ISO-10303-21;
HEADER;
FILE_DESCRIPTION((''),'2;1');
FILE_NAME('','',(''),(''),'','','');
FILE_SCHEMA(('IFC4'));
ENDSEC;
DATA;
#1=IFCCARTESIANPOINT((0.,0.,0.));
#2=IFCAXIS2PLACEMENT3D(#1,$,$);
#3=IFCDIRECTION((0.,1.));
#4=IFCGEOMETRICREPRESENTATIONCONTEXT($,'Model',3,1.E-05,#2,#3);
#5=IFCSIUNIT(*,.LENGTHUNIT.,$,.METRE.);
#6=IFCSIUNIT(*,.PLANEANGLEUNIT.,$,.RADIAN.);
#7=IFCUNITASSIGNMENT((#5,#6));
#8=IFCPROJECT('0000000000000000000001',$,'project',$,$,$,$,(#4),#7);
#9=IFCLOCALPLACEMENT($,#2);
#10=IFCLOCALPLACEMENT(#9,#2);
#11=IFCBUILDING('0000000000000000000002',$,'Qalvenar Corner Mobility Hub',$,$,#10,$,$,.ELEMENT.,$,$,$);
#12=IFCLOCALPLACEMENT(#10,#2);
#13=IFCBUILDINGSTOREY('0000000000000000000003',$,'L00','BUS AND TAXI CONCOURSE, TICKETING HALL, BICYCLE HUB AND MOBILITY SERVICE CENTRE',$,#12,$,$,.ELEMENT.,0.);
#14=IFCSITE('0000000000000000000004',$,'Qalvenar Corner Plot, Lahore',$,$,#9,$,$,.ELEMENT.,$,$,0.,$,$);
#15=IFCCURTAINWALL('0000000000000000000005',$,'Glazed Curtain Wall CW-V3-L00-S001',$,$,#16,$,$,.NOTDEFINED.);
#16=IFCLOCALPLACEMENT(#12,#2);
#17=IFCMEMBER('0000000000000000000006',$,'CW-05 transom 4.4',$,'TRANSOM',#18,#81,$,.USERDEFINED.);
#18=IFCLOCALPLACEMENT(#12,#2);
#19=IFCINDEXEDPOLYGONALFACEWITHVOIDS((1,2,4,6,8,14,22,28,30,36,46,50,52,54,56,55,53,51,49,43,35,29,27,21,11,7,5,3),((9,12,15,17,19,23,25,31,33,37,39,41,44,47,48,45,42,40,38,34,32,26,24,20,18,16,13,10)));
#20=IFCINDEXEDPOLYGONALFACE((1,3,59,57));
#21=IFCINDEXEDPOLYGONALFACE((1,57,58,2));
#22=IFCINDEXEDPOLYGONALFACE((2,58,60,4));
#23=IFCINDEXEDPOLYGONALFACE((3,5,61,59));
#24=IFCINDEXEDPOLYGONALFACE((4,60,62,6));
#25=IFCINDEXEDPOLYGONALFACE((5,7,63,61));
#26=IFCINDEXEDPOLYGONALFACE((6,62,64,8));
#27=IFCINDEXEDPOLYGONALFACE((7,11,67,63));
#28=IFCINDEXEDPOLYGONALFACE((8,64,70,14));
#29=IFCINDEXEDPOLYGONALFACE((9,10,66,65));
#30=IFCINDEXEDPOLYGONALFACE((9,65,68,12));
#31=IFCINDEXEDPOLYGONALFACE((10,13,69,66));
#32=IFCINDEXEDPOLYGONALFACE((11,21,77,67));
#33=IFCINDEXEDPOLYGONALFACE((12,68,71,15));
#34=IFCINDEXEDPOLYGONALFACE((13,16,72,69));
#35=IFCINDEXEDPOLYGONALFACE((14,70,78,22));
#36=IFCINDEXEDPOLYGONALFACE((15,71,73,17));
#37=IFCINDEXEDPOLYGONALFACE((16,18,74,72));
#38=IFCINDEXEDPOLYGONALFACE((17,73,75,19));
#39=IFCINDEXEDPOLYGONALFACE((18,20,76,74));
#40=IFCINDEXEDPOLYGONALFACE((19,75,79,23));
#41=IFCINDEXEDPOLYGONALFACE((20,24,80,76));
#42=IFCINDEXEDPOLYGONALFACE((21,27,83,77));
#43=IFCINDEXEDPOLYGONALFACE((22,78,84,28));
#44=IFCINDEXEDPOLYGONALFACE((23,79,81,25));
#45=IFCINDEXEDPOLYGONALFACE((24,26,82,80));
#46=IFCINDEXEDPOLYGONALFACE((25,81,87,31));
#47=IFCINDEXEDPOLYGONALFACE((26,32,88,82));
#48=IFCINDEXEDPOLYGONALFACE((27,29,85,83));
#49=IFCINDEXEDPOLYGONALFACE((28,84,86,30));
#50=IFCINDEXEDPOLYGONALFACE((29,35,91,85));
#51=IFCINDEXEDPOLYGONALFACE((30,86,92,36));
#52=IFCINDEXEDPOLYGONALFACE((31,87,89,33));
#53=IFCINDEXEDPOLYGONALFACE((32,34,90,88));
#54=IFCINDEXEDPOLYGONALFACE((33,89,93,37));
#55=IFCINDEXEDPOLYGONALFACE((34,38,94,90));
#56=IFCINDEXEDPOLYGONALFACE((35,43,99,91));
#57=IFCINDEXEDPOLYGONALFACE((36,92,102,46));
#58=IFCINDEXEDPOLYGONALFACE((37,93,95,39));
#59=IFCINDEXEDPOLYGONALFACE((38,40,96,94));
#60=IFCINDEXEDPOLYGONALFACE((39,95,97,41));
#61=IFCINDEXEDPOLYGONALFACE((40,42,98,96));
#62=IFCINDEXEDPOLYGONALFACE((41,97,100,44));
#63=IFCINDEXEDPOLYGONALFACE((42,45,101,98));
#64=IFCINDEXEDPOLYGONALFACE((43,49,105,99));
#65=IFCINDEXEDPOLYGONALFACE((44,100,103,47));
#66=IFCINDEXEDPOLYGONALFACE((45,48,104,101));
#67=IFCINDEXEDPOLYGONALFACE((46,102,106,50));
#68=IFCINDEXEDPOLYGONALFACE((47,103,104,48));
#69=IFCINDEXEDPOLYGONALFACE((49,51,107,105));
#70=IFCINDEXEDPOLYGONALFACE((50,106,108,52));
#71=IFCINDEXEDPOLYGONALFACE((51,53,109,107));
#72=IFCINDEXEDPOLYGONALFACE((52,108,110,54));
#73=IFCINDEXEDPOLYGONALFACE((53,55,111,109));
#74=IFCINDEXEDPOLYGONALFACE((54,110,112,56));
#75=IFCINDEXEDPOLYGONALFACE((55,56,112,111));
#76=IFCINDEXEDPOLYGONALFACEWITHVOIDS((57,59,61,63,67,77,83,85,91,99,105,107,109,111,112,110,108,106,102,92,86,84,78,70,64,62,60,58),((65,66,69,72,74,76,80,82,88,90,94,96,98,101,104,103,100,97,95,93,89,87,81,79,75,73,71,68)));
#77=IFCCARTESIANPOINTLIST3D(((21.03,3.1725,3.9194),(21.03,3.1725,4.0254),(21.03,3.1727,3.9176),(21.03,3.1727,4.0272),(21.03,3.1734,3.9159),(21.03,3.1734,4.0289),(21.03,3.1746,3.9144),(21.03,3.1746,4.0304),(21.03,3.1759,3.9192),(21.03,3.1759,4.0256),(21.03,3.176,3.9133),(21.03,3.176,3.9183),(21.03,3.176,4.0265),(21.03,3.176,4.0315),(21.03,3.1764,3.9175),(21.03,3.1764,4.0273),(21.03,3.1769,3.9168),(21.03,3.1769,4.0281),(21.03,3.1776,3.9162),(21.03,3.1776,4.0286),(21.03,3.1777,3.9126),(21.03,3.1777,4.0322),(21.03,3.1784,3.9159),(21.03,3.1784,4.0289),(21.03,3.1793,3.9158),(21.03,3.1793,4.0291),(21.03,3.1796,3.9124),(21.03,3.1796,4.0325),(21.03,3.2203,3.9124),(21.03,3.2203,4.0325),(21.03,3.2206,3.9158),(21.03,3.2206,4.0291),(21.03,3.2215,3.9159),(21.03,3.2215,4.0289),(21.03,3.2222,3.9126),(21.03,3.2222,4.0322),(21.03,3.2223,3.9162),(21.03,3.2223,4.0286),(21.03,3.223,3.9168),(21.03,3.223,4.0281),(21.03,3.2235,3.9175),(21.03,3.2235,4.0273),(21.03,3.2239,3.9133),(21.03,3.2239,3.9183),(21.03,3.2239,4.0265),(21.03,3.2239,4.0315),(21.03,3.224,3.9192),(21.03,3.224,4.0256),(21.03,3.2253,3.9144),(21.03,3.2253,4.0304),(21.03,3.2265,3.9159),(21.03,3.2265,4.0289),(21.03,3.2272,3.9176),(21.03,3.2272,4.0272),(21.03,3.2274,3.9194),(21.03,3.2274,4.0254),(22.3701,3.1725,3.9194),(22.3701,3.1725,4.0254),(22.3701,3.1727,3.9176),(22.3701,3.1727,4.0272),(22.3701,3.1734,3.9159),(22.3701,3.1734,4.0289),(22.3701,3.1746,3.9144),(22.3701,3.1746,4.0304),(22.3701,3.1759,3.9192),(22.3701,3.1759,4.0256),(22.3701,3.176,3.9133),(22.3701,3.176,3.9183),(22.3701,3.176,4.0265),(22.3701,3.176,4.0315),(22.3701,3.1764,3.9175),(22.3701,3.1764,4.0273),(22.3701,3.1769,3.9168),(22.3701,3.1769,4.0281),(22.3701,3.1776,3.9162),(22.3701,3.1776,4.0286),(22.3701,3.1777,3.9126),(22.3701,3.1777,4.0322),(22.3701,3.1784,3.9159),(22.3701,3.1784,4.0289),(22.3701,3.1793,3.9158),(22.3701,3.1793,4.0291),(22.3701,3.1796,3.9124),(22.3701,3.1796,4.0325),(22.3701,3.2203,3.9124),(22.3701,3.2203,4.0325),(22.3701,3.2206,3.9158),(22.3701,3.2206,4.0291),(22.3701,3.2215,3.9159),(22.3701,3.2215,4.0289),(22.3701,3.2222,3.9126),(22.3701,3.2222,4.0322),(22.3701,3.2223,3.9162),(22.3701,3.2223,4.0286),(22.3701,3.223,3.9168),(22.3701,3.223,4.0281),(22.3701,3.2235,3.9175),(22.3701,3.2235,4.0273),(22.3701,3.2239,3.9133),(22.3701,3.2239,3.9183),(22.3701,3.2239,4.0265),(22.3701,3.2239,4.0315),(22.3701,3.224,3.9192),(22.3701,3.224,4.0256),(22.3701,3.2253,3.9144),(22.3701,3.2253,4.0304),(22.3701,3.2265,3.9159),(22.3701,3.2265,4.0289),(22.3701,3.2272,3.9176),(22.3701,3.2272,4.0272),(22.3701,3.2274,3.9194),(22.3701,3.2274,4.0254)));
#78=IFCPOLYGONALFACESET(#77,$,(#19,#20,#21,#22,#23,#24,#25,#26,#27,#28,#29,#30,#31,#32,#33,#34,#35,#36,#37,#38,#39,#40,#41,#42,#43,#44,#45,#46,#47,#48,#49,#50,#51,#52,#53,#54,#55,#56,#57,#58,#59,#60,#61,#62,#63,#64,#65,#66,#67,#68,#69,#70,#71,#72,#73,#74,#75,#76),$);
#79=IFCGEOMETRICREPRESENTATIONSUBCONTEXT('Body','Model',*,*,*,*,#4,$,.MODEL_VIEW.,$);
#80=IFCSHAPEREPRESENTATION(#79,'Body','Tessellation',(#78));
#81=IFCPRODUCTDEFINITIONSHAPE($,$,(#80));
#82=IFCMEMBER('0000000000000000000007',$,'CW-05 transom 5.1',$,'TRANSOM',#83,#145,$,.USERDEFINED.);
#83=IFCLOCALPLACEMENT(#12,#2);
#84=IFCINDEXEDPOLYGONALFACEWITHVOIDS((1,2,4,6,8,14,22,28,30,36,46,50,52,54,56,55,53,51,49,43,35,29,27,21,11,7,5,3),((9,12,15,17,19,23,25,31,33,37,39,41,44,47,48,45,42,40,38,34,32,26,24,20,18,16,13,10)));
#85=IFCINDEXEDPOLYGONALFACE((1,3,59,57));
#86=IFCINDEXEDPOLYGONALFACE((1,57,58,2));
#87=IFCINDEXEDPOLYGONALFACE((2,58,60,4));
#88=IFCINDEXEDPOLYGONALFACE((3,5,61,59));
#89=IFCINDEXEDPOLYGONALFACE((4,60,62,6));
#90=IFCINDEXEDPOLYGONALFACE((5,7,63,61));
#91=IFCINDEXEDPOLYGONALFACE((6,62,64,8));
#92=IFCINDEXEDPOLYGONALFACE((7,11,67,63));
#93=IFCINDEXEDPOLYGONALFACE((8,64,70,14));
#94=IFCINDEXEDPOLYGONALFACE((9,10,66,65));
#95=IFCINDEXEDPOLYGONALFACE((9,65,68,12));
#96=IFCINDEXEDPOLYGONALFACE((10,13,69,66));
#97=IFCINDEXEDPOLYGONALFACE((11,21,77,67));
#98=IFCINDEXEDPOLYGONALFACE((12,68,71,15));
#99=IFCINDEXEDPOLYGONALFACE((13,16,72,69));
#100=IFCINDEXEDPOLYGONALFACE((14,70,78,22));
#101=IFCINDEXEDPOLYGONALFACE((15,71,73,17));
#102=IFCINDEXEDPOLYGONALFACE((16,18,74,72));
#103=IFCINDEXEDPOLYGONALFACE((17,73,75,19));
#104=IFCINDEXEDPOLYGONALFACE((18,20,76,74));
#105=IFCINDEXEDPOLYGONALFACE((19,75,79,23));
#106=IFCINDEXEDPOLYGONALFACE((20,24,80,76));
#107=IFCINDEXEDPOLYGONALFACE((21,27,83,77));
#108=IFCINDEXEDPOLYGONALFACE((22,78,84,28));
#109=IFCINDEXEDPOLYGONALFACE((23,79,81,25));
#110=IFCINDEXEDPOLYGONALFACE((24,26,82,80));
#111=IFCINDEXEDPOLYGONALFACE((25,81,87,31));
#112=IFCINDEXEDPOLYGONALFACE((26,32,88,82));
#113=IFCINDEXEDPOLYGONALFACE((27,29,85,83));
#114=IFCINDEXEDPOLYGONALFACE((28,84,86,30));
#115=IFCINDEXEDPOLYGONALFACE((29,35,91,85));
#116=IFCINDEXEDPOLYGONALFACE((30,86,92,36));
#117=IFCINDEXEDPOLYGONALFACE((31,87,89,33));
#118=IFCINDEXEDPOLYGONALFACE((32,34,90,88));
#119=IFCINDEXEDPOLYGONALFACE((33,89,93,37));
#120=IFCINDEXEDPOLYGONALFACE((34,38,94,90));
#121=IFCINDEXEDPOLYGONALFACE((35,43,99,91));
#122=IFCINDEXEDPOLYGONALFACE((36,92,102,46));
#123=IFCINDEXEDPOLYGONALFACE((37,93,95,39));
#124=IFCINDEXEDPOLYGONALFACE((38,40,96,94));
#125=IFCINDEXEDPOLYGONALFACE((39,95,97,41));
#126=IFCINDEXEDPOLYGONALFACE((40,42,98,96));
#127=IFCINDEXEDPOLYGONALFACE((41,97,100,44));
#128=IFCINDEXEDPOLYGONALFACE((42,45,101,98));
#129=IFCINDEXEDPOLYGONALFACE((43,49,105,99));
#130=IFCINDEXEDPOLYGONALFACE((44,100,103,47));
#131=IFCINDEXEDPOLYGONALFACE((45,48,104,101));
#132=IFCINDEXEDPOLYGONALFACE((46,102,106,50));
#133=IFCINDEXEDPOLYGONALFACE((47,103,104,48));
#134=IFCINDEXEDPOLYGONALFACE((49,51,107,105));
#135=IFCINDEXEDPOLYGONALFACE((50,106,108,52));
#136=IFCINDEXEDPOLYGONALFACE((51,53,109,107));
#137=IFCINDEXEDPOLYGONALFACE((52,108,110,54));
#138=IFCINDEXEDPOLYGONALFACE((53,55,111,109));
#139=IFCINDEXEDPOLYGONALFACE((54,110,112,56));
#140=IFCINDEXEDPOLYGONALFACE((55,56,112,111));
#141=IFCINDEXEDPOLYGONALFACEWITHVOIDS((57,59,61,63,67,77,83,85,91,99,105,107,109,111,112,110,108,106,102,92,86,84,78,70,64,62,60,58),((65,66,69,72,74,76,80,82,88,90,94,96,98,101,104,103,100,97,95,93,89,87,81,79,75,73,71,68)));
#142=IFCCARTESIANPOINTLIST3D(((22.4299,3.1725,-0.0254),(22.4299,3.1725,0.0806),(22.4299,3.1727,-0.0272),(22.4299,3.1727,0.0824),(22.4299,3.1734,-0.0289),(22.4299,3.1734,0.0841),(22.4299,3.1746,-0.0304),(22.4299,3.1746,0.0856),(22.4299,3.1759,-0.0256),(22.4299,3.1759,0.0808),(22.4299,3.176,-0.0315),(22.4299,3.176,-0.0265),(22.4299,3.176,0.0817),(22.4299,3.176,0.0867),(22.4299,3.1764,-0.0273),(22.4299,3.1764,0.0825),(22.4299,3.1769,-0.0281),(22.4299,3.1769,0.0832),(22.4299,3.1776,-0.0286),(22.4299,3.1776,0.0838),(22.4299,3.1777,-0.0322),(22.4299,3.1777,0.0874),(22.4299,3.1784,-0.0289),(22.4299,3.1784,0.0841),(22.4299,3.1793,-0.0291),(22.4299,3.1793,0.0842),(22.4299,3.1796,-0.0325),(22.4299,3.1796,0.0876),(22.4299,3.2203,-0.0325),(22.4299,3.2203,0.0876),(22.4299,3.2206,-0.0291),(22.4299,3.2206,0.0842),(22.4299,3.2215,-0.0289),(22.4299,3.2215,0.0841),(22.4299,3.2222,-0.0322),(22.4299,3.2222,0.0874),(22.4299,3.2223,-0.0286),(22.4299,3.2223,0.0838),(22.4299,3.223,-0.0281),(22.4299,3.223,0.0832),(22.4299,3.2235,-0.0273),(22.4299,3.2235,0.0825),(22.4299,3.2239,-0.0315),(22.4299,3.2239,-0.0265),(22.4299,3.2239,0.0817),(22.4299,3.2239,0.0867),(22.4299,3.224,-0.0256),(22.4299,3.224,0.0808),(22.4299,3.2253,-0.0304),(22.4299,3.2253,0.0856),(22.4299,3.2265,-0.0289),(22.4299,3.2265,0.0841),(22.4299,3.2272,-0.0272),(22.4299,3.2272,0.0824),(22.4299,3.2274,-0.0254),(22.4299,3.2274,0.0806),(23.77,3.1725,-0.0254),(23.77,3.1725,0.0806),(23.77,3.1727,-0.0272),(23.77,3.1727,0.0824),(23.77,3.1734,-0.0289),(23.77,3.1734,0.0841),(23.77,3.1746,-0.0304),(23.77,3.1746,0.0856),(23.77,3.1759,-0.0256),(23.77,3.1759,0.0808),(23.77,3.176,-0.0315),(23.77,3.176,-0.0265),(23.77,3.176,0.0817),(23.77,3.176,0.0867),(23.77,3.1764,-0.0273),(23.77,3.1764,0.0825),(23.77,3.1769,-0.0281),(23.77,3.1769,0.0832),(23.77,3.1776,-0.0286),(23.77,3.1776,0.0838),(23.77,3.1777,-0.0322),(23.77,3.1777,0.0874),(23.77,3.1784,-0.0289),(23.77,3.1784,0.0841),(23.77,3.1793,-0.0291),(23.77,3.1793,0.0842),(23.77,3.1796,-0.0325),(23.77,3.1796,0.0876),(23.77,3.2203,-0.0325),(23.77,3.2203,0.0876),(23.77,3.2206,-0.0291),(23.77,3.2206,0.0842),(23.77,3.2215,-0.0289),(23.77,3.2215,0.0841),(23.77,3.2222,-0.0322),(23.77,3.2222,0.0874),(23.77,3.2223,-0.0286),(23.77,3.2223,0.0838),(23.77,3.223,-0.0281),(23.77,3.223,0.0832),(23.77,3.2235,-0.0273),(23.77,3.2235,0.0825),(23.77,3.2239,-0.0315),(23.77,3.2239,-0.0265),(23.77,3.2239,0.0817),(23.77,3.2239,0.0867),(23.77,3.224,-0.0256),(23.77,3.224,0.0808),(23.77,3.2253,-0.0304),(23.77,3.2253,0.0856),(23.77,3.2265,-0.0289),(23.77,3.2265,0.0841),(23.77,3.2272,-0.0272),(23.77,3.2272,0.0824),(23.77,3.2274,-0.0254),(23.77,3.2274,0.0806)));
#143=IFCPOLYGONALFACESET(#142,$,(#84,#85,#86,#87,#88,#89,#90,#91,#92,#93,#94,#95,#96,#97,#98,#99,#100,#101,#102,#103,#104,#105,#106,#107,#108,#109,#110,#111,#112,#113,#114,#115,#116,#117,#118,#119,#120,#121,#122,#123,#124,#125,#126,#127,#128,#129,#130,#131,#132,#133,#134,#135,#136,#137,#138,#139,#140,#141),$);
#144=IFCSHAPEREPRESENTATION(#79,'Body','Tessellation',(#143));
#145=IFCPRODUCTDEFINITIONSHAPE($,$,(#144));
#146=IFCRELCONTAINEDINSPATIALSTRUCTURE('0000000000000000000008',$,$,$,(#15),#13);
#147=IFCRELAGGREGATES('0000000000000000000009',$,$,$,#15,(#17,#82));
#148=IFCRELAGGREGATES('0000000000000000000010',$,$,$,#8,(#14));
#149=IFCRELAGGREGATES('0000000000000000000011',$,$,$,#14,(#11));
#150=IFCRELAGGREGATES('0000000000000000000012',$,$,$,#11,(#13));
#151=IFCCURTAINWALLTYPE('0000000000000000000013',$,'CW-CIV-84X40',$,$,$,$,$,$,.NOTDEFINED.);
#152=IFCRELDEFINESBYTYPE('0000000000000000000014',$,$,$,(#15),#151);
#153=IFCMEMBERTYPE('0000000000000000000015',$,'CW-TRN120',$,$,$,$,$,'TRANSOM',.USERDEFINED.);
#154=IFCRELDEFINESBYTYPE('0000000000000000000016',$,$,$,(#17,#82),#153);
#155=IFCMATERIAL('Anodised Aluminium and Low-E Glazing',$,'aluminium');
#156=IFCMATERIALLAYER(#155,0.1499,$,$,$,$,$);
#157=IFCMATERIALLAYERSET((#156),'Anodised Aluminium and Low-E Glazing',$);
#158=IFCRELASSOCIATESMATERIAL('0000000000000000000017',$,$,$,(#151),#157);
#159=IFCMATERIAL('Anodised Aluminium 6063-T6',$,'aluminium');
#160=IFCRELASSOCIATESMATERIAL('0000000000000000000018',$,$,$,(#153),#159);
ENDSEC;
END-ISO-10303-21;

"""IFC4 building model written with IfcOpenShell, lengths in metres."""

from ifc_helpers import new_model, si_unit, direction, frame, origin, origin_2d, place, context, subcontext, project, spatial, hollow_rectangle, extrude, material, layer, layer_set, material_profile, profile_set, type_object, element, aggregate, save


model = new_model("IFC4")

# Units and contexts
model_context = context("Model", 3, precision=1e-05, world=origin(), true_north=direction((0.0, 1.0)))
body_context = subcontext(model_context, "Body", "Model", "MODEL_VIEW")
ifc_project = project(units=[si_unit("LENGTHUNIT", "METRE"), si_unit("PLANEANGLEUNIT", "RADIAN")], contexts=[model_context])

# Site, building, storey
site_placement = place(None, origin())
site = spatial("IfcSite", under=ifc_project, at=site_placement, Name="Qalvenar Corner Plot, Lahore", CompositionType="ELEMENT", RefElevation=0.0)
building_placement = place(site_placement, origin())
building = spatial("IfcBuilding", under=site, at=building_placement, Name="Qalvenar Corner Mobility Hub", CompositionType="ELEMENT")
storey_placement = place(building_placement, origin())
storey = spatial("IfcBuildingStorey", under=building, at=storey_placement, Name="L00", Description="BUS AND TAXI CONCOURSE, TICKETING HALL, BICYCLE HUB AND MOBILITY SERVICE CENTRE", CompositionType="ELEMENT", Elevation=0.0)

# Curtain wall, members
ifc_material_1 = material(Name="Anodised Aluminium and Low-E Glazing", Category="aluminium")
ifc_layer_1 = layer(ifc_material_1, 0.1499)
ifc_layer_set_1 = layer_set([ifc_layer_1], Name="Anodised Aluminium and Low-E Glazing")
curtain_wall_type = type_object("IfcCurtainWallType", Name="CW-CIV-84X40", PredefinedType="NOTDEFINED", material=ifc_layer_set_1)
curtain_wall_placement = place(storey_placement, origin())
curtain_wall = element("IfcCurtainWall", 1, at=curtain_wall_placement, inside=storey, type_object=curtain_wall_type, Name="Glazed Curtain Wall CW-V3-L00-S001", PredefinedType="NOTDEFINED")
ifc_material_2 = material(Name="Anodised Aluminium 6063-T6", Category="aluminium")
ifc_material_profile_1 = material_profile(ifc_material_2, hollow_rectangle(XDim=0.0549, YDim=0.1201, WallThickness=0.0034, InnerFilletRadius=0.0034, OuterFilletRadius=0.0071, at=origin_2d()), Name="RHS120x55x3.5")
ifc_profile_set_1 = profile_set([ifc_material_profile_1], Name="Anodised Aluminium 6063-T6")
member_type_1 = type_object("IfcMemberType", Name="CW-TRN120", ElementType="TRANSOM", PredefinedType="USERDEFINED", material=ifc_profile_set_1)
member_1_placement = place(storey_placement, frame((21.03, 3.2, 3.9724), z_axis=(1.0, 0.0, 0.0), x_axis=(0.0, 1.0, 0.0)))
member_1 = element("IfcMember", 2, at=member_1_placement, type_object=member_type_1, Name="CW-05 transom 4.4", ObjectType="TRANSOM", PredefinedType="USERDEFINED", context=body_context, shape_type="SweptSolid", body=[
    extrude(hollow_rectangle(XDim=0.0549, YDim=0.1201, WallThickness=0.0034, InnerFilletRadius=0.0034, OuterFilletRadius=0.0071, at=origin_2d()), origin(), (0.0, 0.0, 1.0), 1.3401),
])
member_2_placement = place(storey_placement, frame((22.4299, 3.2, 0.0276), z_axis=(1.0, 0.0, 0.0), x_axis=(0.0, 1.0, 0.0)))
member_2 = element("IfcMember", 3, at=member_2_placement, type_object=member_type_1, Name="CW-05 transom 5.1", ObjectType="TRANSOM", PredefinedType="USERDEFINED", context=body_context, shape_type="SweptSolid", body=[
    extrude(hollow_rectangle(XDim=0.0549, YDim=0.1201, WallThickness=0.0034, InnerFilletRadius=0.0034, OuterFilletRadius=0.0071, at=origin_2d()), origin(), (0.0, 0.0, 1.0), 1.3401),
])
aggregate(curtain_wall, [member_1, member_2])

save(model, "model.ifc")
